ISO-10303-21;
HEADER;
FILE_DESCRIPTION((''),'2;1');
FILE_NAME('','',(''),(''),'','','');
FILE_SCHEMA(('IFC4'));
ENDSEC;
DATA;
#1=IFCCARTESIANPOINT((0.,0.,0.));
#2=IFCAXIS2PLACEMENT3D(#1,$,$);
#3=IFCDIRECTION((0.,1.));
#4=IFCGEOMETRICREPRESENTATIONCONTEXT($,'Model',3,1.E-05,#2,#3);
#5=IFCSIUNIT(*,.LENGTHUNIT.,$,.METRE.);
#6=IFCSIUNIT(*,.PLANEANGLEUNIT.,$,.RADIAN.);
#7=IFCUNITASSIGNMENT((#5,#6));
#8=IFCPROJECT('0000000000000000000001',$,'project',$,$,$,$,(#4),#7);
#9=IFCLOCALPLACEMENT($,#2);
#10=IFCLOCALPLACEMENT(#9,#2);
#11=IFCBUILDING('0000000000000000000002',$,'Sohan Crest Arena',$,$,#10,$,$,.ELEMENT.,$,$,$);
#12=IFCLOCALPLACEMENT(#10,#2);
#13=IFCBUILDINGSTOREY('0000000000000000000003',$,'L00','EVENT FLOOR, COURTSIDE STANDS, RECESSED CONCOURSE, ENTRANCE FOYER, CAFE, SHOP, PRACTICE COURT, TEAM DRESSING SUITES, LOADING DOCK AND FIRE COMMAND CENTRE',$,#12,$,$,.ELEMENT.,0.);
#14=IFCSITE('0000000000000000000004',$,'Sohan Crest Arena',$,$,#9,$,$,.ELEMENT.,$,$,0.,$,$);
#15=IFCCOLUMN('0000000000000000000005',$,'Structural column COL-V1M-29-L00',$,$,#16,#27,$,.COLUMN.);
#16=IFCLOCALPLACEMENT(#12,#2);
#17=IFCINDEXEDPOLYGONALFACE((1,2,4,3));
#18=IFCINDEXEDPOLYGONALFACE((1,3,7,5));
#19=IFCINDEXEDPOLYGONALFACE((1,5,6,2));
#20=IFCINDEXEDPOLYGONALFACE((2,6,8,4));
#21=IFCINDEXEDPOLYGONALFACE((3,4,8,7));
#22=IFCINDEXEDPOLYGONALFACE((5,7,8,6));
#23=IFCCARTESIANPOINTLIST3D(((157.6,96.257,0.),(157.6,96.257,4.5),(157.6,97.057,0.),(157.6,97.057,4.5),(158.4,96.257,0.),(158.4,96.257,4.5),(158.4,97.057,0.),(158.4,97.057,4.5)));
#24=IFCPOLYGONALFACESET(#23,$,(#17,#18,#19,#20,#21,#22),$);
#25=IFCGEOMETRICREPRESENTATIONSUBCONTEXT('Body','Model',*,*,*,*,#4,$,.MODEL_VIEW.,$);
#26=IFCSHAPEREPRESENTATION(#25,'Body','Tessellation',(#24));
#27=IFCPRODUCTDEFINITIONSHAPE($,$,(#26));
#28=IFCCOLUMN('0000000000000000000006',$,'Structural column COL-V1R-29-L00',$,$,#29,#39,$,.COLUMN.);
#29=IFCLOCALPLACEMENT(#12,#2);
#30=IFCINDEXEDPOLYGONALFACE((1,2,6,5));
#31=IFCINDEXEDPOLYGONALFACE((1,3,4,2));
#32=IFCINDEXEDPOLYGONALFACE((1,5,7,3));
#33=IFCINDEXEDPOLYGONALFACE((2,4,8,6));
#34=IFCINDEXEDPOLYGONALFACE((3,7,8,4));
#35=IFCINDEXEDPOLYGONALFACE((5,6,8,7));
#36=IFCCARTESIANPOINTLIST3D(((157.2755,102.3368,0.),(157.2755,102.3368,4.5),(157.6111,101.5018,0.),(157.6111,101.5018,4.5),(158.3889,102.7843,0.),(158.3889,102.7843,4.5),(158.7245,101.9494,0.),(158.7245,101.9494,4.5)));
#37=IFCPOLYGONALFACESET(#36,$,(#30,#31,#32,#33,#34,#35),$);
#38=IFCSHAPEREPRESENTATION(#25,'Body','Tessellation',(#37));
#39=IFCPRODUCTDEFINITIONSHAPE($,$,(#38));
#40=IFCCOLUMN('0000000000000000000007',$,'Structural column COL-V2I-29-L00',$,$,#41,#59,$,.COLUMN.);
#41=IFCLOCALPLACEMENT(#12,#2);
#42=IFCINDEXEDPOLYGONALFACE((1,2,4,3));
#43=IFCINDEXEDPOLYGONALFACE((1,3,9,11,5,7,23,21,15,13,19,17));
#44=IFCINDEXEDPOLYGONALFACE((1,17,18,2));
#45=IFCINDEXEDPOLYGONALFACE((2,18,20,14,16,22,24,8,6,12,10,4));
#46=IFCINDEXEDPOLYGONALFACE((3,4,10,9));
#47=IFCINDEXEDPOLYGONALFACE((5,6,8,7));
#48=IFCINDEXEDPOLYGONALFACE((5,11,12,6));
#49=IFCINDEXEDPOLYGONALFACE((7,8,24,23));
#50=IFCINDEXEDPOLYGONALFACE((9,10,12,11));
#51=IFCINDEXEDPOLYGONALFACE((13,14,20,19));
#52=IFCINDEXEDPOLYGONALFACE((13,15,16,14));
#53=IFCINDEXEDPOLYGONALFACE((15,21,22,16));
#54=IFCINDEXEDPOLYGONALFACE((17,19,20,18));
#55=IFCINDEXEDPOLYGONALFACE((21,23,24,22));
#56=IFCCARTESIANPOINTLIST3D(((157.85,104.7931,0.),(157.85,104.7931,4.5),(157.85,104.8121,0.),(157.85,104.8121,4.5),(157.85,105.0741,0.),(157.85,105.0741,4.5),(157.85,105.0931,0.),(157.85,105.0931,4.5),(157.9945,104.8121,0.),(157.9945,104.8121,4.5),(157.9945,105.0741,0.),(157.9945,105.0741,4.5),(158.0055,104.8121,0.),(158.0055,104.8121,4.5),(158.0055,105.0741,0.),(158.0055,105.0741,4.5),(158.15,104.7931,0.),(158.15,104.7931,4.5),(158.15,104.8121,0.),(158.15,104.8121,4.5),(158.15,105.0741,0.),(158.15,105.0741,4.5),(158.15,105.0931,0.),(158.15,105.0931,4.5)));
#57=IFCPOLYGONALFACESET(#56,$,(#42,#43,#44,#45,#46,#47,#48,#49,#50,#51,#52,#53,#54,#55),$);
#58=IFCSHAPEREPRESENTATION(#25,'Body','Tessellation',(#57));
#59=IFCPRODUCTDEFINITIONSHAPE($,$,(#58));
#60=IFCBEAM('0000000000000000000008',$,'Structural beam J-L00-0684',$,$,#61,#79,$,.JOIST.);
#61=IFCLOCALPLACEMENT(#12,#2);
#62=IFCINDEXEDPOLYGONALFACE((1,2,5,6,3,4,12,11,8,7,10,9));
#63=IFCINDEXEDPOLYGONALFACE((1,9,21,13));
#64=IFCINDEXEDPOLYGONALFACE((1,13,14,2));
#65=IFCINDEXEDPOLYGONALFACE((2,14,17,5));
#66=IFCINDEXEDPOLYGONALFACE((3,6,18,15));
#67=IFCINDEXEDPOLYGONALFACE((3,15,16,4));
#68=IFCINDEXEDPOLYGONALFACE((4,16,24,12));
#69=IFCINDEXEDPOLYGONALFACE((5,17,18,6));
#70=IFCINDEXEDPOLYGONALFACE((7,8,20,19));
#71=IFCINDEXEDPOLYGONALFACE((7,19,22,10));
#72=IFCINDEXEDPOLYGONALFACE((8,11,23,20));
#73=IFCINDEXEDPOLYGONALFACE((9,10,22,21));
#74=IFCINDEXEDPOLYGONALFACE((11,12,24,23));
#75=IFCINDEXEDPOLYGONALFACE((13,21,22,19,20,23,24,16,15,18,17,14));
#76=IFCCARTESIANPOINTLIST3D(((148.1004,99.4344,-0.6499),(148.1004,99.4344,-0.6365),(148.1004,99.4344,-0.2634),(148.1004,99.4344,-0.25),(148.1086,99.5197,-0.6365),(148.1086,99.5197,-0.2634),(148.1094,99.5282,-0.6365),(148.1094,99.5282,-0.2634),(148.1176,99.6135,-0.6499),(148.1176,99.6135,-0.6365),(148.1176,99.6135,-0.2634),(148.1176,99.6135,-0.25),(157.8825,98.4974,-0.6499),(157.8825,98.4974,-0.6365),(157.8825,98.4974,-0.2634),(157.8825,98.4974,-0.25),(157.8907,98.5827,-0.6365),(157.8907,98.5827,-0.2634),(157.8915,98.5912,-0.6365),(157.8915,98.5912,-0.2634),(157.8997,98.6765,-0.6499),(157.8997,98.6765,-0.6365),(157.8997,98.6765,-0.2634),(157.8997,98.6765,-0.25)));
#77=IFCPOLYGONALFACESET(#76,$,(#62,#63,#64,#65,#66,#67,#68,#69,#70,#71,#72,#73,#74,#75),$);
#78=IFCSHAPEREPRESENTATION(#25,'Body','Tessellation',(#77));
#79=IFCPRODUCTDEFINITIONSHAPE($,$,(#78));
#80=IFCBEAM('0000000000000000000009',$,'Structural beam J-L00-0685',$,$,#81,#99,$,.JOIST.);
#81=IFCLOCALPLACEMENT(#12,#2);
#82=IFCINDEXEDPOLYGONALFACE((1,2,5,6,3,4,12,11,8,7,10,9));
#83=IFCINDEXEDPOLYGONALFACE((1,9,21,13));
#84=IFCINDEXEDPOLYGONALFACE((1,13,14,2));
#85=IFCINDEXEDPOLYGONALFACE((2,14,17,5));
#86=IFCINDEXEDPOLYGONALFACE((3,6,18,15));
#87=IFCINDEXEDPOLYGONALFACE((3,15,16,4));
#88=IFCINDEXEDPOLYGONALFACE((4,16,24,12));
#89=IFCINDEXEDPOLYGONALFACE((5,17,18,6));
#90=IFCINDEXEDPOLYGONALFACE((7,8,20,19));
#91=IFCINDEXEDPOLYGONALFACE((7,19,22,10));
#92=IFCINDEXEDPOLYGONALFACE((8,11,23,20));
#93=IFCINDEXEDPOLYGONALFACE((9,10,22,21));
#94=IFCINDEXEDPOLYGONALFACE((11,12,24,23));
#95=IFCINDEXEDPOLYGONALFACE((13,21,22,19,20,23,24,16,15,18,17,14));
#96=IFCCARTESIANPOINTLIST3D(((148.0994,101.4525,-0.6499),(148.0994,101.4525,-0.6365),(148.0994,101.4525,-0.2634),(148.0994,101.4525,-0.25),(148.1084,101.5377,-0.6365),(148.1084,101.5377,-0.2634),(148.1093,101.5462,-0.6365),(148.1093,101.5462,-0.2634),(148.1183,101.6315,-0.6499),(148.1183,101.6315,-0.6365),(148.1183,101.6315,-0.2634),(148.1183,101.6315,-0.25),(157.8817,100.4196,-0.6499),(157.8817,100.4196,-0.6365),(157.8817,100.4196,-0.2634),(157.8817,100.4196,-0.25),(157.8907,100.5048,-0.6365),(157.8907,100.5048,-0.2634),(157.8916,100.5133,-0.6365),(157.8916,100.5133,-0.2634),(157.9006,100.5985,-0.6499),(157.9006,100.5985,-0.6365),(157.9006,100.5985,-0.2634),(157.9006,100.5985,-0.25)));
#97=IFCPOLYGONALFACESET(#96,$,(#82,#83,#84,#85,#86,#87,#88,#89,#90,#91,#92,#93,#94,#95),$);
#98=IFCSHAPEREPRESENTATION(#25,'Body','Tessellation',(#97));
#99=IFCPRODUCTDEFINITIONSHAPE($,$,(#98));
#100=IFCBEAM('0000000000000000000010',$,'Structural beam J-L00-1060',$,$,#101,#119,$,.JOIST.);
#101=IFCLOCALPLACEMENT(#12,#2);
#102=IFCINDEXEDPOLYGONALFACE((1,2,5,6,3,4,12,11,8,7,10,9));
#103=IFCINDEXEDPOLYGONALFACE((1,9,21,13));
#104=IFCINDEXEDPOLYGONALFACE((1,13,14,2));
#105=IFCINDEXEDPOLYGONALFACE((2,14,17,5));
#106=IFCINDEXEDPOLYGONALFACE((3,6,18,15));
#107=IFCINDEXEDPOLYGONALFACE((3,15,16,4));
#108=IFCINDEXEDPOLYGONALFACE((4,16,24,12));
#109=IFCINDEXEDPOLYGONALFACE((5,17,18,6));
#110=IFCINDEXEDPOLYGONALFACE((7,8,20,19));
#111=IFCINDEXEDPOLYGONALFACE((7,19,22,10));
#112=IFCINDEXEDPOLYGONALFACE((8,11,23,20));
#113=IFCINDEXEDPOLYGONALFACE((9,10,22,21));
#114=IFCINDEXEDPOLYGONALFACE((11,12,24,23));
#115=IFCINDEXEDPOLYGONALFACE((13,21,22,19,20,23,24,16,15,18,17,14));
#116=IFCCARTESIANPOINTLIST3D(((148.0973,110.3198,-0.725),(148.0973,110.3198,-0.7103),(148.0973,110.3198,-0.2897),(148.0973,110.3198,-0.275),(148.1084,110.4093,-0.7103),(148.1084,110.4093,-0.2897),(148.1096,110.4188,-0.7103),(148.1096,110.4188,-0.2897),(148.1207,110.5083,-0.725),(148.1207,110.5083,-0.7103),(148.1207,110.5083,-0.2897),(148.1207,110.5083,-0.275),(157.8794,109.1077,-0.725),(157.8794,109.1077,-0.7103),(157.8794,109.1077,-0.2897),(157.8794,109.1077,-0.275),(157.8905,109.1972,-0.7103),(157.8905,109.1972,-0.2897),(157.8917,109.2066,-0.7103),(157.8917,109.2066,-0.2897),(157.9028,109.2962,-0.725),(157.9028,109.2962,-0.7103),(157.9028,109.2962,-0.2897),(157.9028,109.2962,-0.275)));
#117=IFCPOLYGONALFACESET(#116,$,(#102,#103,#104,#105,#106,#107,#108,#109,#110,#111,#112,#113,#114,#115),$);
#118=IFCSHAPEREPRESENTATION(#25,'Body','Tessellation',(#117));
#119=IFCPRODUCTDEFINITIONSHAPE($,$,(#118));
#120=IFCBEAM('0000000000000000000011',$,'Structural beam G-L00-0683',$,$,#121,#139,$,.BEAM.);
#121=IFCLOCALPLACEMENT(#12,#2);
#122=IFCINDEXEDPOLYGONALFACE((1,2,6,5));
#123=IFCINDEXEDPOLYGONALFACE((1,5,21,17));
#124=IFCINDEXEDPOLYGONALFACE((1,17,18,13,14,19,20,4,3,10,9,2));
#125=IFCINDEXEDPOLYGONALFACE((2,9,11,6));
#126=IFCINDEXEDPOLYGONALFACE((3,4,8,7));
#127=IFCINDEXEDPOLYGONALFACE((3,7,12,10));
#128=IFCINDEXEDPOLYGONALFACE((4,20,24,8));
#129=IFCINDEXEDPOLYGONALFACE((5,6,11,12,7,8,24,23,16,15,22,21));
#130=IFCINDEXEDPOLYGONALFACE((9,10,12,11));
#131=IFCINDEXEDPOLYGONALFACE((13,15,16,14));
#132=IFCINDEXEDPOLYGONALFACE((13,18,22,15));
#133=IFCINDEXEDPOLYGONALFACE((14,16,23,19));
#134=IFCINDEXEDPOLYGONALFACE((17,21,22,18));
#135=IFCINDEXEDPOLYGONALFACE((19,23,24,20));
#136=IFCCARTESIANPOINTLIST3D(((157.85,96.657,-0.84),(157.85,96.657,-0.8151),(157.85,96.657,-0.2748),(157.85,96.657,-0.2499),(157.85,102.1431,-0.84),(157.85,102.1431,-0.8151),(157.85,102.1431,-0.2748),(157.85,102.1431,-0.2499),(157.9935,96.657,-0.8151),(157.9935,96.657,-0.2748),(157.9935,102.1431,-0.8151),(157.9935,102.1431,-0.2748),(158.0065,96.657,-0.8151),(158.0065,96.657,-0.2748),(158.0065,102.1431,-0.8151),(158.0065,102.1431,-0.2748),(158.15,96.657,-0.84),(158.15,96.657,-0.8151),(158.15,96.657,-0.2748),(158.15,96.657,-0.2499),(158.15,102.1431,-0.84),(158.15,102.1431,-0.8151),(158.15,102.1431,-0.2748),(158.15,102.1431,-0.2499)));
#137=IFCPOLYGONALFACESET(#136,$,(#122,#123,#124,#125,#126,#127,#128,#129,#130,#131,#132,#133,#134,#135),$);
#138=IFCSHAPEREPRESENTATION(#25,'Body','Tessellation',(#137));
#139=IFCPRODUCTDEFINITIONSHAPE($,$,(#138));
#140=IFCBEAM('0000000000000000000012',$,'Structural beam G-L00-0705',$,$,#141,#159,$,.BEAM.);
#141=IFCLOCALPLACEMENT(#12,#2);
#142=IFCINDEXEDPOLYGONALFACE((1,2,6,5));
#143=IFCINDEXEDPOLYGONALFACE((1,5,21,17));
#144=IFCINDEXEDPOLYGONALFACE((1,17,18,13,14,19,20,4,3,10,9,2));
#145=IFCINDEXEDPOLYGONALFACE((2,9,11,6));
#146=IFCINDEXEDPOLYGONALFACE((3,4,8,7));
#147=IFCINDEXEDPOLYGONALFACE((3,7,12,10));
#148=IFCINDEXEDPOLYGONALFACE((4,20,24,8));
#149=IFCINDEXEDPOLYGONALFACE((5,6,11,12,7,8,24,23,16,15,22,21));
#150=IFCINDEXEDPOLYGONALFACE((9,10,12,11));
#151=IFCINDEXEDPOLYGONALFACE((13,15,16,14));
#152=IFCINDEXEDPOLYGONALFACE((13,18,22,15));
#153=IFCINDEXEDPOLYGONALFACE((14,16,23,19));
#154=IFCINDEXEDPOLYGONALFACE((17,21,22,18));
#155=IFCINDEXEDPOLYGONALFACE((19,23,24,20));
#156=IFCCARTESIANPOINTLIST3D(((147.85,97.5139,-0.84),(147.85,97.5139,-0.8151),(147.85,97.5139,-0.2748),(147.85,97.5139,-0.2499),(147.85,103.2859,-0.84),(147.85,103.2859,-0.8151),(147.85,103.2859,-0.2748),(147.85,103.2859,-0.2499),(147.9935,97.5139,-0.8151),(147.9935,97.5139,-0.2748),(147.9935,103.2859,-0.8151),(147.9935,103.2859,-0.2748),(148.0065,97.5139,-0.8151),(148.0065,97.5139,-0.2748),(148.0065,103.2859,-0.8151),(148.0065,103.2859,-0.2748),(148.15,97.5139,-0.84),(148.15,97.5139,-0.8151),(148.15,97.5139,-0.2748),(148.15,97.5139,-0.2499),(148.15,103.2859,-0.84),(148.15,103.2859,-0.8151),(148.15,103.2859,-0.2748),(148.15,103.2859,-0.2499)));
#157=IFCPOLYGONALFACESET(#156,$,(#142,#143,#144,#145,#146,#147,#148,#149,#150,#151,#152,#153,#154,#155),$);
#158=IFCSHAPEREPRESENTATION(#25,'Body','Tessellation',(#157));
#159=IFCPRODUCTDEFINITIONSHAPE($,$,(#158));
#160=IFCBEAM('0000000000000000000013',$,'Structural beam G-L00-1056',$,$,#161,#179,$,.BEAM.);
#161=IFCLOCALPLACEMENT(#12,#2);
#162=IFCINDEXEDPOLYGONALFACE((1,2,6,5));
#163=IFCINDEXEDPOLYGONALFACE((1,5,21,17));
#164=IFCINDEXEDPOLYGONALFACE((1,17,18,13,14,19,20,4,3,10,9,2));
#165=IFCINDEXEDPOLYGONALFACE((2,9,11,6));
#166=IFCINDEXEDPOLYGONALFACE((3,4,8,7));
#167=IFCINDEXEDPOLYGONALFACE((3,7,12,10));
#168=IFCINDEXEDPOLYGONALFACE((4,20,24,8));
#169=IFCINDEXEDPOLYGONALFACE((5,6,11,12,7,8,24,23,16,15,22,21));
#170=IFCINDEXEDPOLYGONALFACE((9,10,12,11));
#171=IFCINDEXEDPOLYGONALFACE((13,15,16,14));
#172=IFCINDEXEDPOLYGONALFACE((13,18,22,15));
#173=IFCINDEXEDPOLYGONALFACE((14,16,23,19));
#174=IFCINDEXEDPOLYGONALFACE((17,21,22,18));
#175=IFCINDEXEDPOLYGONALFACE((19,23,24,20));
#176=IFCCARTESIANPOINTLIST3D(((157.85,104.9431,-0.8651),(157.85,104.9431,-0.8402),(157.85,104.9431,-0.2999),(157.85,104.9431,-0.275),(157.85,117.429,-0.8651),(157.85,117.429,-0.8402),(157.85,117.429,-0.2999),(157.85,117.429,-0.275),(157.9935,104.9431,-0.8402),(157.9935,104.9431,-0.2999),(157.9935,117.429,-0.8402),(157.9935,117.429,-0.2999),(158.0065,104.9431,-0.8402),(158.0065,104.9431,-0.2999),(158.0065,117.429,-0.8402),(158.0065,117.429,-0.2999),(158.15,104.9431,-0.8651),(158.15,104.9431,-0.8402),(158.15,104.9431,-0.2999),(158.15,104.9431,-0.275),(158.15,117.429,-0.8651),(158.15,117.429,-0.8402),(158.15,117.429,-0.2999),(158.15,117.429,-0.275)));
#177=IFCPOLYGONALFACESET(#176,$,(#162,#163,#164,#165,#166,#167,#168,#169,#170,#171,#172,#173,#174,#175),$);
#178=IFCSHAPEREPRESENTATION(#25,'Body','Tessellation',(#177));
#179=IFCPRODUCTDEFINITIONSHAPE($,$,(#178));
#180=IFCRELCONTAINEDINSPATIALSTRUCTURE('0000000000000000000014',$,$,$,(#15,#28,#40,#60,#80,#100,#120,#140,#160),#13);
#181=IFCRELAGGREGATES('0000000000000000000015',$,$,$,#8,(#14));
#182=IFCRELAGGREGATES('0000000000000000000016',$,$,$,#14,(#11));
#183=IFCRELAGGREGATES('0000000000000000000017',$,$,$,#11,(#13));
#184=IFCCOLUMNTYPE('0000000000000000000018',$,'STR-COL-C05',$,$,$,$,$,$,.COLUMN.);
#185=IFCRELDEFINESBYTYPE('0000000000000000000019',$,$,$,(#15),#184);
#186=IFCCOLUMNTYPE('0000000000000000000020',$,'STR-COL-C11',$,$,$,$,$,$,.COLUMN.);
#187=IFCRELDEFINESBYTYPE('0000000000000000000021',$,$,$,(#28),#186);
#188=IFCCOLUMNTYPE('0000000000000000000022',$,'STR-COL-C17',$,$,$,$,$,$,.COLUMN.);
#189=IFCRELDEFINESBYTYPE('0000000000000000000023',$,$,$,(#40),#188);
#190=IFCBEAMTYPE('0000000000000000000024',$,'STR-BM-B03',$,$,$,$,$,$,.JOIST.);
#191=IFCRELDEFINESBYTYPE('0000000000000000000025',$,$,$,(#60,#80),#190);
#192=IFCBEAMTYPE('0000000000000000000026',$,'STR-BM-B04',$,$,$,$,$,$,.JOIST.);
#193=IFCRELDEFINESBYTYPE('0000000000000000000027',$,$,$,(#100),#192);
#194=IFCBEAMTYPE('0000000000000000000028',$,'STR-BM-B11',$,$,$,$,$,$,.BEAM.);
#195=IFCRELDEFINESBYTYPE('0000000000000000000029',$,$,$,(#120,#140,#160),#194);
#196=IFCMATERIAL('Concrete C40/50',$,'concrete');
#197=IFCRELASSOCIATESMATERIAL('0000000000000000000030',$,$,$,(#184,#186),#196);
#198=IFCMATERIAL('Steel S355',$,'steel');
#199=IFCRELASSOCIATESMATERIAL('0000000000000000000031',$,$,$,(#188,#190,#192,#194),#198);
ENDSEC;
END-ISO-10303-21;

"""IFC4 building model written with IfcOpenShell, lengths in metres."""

from ifc_helpers import new_model, si_unit, direction, frame, origin, origin_2d, place, context, subcontext, project, spatial, rectangle, i_section, extrude, material, material_profile, profile_set, type_object, element, save


model = new_model("IFC4")

# Units and contexts
model_context = context("Model", 3, precision=1e-05, world=origin(), true_north=direction((0.0, 1.0)))
body_context = subcontext(model_context, "Body", "Model", "MODEL_VIEW")
ifc_project = project(units=[si_unit("LENGTHUNIT", "METRE"), si_unit("PLANEANGLEUNIT", "RADIAN")], contexts=[model_context])

# Site, building, storey
site_placement = place(None, origin())
site = spatial("IfcSite", under=ifc_project, at=site_placement, Name="Sohan Crest Arena", CompositionType="ELEMENT", RefElevation=0.0)
building_placement = place(site_placement, origin())
building = spatial("IfcBuilding", under=site, at=building_placement, Name="Sohan Crest Arena", CompositionType="ELEMENT")
storey_placement = place(building_placement, origin())
storey = spatial("IfcBuildingStorey", under=building, at=storey_placement, Name="L00", Description="EVENT FLOOR, COURTSIDE STANDS, RECESSED CONCOURSE, ENTRANCE FOYER, CAFE, SHOP, PRACTICE COURT, TEAM DRESSING SUITES, LOADING DOCK AND FIRE COMMAND CENTRE", CompositionType="ELEMENT", Elevation=0.0)

# Columns
ifc_material_1 = material(Name="Concrete C40/50", Category="concrete")
ifc_material_profile_1 = material_profile(ifc_material_1, rectangle(XDim=0.8, YDim=0.8, at=origin_2d()), Name="RC 800x800")
ifc_profile_set_1 = profile_set([ifc_material_profile_1], Name="Concrete C40/50")
column_type_1 = type_object("IfcColumnType", Name="STR-COL-C05", PredefinedType="COLUMN", material=ifc_profile_set_1)
column_1_placement = place(storey_placement, frame((158.0, 96.657, 0.0), z_axis=(0.0, 0.0, 1.0), x_axis=(1.0, 0.0, 0.0)))
element("IfcColumn", 1, at=column_1_placement, inside=storey, type_object=column_type_1, Name="Structural column COL-V1M-29-L00", PredefinedType="COLUMN", context=body_context, shape_type="SweptSolid", body=[
    extrude(rectangle(XDim=0.8, YDim=0.8, at=origin_2d()), origin(), (0.0, 0.0, 1.0), 4.5),
])
ifc_material_profile_2 = material_profile(ifc_material_1, rectangle(XDim=1.2, YDim=0.8999, at=origin_2d()), Name="RC 1200x900")
ifc_profile_set_2 = profile_set([ifc_material_profile_2], Name="Concrete C40/50")
column_type_2 = type_object("IfcColumnType", Name="STR-COL-C11", PredefinedType="COLUMN", material=ifc_profile_set_2)
column_2_placement = place(storey_placement, frame((158.0, 102.1431, 0.0), z_axis=(0.0, 0.0, 1.0), x_axis=(0.927836, 0.372988, 0.0)))
element("IfcColumn", 2, at=column_2_placement, inside=storey, type_object=column_type_2, Name="Structural column COL-V1R-29-L00", PredefinedType="COLUMN", context=body_context, shape_type="SweptSolid", body=[
    extrude(rectangle(XDim=1.2, YDim=0.8999, at=origin_2d()), origin(), (0.0, 0.0, 1.0), 4.5),
])
ifc_material_2 = material(Name="Steel S355", Category="steel")
ifc_material_profile_3 = material_profile(ifc_material_2, i_section(OverallWidth=0.3, OverallDepth=0.3, WebThickness=0.011, FlangeThickness=0.019, at=origin_2d()), Name="HEB 300")
ifc_profile_set_3 = profile_set([ifc_material_profile_3], Name="Steel S355")
column_type_3 = type_object("IfcColumnType", Name="STR-COL-C17", PredefinedType="COLUMN", material=ifc_profile_set_3)
column_3_placement = place(storey_placement, frame((158.0, 104.9431, 0.0), z_axis=(0.0, 0.0, 1.0), x_axis=(1.0, 0.0, 0.0)))
element("IfcColumn", 3, at=column_3_placement, inside=storey, type_object=column_type_3, Name="Structural column COL-V2I-29-L00", PredefinedType="COLUMN", context=body_context, shape_type="SweptSolid", body=[
    extrude(i_section(OverallWidth=0.3, OverallDepth=0.3, WebThickness=0.011, FlangeThickness=0.019, at=origin_2d()), origin(), (0.0, 0.0, 1.0), 4.5),
])

# Beams
ifc_material_profile_4 = material_profile(ifc_material_2, i_section(OverallWidth=0.1799, OverallDepth=0.3999, WebThickness=0.0085, FlangeThickness=0.0134, at=origin_2d()), Name="IPE 400")
ifc_profile_set_4 = profile_set([ifc_material_profile_4], Name="Steel S355")
beam_type_1 = type_object("IfcBeamType", Name="STR-BM-B03", PredefinedType="JOIST", material=ifc_profile_set_4)
beam_1_placement = place(storey_placement, frame((157.8911, 98.5869, -0.45), z_axis=(-0.995444, 0.095351, 0.0), x_axis=(-0.095351, -0.995444, 0.0)))
element("IfcBeam", 4, at=beam_1_placement, inside=storey, type_object=beam_type_1, Name="Structural beam J-L00-0684", PredefinedType="JOIST", context=body_context, shape_type="SweptSolid", body=[
    extrude(i_section(OverallWidth=0.1799, OverallDepth=0.3999, WebThickness=0.0085, FlangeThickness=0.0134, at=origin_2d()), origin(), (0.0, 0.0, 1.0), 9.8269),
])
beam_2_placement = place(storey_placement, frame((157.8911, 100.509, -0.45), z_axis=(-0.994471, 0.105012, 0.0), x_axis=(-0.105012, -0.994471, 0.0)))
element("IfcBeam", 5, at=beam_2_placement, inside=storey, type_object=beam_type_1, Name="Structural beam J-L00-0685", PredefinedType="JOIST", context=body_context, shape_type="SweptSolid", body=[
    extrude(i_section(OverallWidth=0.1799, OverallDepth=0.3999, WebThickness=0.0085, FlangeThickness=0.0134, at=origin_2d()), origin(), (0.0, 0.0, 1.0), 9.8367),
])
ifc_material_profile_5 = material_profile(ifc_material_2, i_section(OverallWidth=0.1899, OverallDepth=0.45, WebThickness=0.0095, FlangeThickness=0.0146, at=origin_2d()), Name="IPE 450")
ifc_profile_set_5 = profile_set([ifc_material_profile_5], Name="Steel S355")
beam_type_2 = type_object("IfcBeamType", Name="STR-BM-B04", PredefinedType="JOIST", material=ifc_profile_set_5)
beam_3_placement = place(storey_placement, frame((157.8911, 109.2019, -0.5), z_axis=(-0.99241, 0.122974, 0.0), x_axis=(-0.122974, -0.99241, 0.0)))
element("IfcBeam", 6, at=beam_3_placement, inside=storey, type_object=beam_type_2, Name="Structural beam J-L00-1060", PredefinedType="JOIST", context=body_context, shape_type="SweptSolid", body=[
    extrude(i_section(OverallWidth=0.1899, OverallDepth=0.45, WebThickness=0.0095, FlangeThickness=0.0146, at=origin_2d()), origin(), (0.0, 0.0, 1.0), 9.8569),
])
ifc_material_profile_6 = material_profile(ifc_material_2, i_section(OverallWidth=0.3, OverallDepth=0.5901, WebThickness=0.0129, FlangeThickness=0.0249, at=origin_2d()), Name="HEA 600")
ifc_profile_set_6 = profile_set([ifc_material_profile_6], Name="Steel S355")
beam_type_3 = type_object("IfcBeamType", Name="STR-BM-B11", PredefinedType="BEAM", material=ifc_profile_set_6)
beam_4_placement = place(storey_placement, frame((158.0, 96.657, -0.5449), z_axis=(0.0, 1.0, 0.0), x_axis=(-1.0, 0.0, 0.0)))
element("IfcBeam", 7, at=beam_4_placement, inside=storey, type_object=beam_type_3, Name="Structural beam G-L00-0683", PredefinedType="BEAM", context=body_context, shape_type="SweptSolid", body=[
    extrude(i_section(OverallWidth=0.3, OverallDepth=0.5901, WebThickness=0.0129, FlangeThickness=0.0249, at=origin_2d()), origin(), (0.0, 0.0, 1.0), 5.4861),
])
beam_5_placement = place(storey_placement, frame((148.0, 97.5139, -0.5449), z_axis=(0.0, 1.0, 0.0), x_axis=(-1.0, 0.0, 0.0)))
element("IfcBeam", 8, at=beam_5_placement, inside=storey, type_object=beam_type_3, Name="Structural beam G-L00-0705", PredefinedType="BEAM", context=body_context, shape_type="SweptSolid", body=[
    extrude(i_section(OverallWidth=0.3, OverallDepth=0.5901, WebThickness=0.0129, FlangeThickness=0.0249, at=origin_2d()), origin(), (0.0, 0.0, 1.0), 5.772),
])
beam_6_placement = place(storey_placement, frame((158.0, 104.9431, -0.5701), z_axis=(0.0, 1.0, 0.0), x_axis=(-1.0, 0.0, 0.0)))
element("IfcBeam", 9, at=beam_6_placement, inside=storey, type_object=beam_type_3, Name="Structural beam G-L00-1056", PredefinedType="BEAM", context=body_context, shape_type="SweptSolid", body=[
    extrude(i_section(OverallWidth=0.3, OverallDepth=0.5901, WebThickness=0.0129, FlangeThickness=0.0249, at=origin_2d()), origin(), (0.0, 0.0, 1.0), 12.4858),
])

save(model, "model.ifc")
